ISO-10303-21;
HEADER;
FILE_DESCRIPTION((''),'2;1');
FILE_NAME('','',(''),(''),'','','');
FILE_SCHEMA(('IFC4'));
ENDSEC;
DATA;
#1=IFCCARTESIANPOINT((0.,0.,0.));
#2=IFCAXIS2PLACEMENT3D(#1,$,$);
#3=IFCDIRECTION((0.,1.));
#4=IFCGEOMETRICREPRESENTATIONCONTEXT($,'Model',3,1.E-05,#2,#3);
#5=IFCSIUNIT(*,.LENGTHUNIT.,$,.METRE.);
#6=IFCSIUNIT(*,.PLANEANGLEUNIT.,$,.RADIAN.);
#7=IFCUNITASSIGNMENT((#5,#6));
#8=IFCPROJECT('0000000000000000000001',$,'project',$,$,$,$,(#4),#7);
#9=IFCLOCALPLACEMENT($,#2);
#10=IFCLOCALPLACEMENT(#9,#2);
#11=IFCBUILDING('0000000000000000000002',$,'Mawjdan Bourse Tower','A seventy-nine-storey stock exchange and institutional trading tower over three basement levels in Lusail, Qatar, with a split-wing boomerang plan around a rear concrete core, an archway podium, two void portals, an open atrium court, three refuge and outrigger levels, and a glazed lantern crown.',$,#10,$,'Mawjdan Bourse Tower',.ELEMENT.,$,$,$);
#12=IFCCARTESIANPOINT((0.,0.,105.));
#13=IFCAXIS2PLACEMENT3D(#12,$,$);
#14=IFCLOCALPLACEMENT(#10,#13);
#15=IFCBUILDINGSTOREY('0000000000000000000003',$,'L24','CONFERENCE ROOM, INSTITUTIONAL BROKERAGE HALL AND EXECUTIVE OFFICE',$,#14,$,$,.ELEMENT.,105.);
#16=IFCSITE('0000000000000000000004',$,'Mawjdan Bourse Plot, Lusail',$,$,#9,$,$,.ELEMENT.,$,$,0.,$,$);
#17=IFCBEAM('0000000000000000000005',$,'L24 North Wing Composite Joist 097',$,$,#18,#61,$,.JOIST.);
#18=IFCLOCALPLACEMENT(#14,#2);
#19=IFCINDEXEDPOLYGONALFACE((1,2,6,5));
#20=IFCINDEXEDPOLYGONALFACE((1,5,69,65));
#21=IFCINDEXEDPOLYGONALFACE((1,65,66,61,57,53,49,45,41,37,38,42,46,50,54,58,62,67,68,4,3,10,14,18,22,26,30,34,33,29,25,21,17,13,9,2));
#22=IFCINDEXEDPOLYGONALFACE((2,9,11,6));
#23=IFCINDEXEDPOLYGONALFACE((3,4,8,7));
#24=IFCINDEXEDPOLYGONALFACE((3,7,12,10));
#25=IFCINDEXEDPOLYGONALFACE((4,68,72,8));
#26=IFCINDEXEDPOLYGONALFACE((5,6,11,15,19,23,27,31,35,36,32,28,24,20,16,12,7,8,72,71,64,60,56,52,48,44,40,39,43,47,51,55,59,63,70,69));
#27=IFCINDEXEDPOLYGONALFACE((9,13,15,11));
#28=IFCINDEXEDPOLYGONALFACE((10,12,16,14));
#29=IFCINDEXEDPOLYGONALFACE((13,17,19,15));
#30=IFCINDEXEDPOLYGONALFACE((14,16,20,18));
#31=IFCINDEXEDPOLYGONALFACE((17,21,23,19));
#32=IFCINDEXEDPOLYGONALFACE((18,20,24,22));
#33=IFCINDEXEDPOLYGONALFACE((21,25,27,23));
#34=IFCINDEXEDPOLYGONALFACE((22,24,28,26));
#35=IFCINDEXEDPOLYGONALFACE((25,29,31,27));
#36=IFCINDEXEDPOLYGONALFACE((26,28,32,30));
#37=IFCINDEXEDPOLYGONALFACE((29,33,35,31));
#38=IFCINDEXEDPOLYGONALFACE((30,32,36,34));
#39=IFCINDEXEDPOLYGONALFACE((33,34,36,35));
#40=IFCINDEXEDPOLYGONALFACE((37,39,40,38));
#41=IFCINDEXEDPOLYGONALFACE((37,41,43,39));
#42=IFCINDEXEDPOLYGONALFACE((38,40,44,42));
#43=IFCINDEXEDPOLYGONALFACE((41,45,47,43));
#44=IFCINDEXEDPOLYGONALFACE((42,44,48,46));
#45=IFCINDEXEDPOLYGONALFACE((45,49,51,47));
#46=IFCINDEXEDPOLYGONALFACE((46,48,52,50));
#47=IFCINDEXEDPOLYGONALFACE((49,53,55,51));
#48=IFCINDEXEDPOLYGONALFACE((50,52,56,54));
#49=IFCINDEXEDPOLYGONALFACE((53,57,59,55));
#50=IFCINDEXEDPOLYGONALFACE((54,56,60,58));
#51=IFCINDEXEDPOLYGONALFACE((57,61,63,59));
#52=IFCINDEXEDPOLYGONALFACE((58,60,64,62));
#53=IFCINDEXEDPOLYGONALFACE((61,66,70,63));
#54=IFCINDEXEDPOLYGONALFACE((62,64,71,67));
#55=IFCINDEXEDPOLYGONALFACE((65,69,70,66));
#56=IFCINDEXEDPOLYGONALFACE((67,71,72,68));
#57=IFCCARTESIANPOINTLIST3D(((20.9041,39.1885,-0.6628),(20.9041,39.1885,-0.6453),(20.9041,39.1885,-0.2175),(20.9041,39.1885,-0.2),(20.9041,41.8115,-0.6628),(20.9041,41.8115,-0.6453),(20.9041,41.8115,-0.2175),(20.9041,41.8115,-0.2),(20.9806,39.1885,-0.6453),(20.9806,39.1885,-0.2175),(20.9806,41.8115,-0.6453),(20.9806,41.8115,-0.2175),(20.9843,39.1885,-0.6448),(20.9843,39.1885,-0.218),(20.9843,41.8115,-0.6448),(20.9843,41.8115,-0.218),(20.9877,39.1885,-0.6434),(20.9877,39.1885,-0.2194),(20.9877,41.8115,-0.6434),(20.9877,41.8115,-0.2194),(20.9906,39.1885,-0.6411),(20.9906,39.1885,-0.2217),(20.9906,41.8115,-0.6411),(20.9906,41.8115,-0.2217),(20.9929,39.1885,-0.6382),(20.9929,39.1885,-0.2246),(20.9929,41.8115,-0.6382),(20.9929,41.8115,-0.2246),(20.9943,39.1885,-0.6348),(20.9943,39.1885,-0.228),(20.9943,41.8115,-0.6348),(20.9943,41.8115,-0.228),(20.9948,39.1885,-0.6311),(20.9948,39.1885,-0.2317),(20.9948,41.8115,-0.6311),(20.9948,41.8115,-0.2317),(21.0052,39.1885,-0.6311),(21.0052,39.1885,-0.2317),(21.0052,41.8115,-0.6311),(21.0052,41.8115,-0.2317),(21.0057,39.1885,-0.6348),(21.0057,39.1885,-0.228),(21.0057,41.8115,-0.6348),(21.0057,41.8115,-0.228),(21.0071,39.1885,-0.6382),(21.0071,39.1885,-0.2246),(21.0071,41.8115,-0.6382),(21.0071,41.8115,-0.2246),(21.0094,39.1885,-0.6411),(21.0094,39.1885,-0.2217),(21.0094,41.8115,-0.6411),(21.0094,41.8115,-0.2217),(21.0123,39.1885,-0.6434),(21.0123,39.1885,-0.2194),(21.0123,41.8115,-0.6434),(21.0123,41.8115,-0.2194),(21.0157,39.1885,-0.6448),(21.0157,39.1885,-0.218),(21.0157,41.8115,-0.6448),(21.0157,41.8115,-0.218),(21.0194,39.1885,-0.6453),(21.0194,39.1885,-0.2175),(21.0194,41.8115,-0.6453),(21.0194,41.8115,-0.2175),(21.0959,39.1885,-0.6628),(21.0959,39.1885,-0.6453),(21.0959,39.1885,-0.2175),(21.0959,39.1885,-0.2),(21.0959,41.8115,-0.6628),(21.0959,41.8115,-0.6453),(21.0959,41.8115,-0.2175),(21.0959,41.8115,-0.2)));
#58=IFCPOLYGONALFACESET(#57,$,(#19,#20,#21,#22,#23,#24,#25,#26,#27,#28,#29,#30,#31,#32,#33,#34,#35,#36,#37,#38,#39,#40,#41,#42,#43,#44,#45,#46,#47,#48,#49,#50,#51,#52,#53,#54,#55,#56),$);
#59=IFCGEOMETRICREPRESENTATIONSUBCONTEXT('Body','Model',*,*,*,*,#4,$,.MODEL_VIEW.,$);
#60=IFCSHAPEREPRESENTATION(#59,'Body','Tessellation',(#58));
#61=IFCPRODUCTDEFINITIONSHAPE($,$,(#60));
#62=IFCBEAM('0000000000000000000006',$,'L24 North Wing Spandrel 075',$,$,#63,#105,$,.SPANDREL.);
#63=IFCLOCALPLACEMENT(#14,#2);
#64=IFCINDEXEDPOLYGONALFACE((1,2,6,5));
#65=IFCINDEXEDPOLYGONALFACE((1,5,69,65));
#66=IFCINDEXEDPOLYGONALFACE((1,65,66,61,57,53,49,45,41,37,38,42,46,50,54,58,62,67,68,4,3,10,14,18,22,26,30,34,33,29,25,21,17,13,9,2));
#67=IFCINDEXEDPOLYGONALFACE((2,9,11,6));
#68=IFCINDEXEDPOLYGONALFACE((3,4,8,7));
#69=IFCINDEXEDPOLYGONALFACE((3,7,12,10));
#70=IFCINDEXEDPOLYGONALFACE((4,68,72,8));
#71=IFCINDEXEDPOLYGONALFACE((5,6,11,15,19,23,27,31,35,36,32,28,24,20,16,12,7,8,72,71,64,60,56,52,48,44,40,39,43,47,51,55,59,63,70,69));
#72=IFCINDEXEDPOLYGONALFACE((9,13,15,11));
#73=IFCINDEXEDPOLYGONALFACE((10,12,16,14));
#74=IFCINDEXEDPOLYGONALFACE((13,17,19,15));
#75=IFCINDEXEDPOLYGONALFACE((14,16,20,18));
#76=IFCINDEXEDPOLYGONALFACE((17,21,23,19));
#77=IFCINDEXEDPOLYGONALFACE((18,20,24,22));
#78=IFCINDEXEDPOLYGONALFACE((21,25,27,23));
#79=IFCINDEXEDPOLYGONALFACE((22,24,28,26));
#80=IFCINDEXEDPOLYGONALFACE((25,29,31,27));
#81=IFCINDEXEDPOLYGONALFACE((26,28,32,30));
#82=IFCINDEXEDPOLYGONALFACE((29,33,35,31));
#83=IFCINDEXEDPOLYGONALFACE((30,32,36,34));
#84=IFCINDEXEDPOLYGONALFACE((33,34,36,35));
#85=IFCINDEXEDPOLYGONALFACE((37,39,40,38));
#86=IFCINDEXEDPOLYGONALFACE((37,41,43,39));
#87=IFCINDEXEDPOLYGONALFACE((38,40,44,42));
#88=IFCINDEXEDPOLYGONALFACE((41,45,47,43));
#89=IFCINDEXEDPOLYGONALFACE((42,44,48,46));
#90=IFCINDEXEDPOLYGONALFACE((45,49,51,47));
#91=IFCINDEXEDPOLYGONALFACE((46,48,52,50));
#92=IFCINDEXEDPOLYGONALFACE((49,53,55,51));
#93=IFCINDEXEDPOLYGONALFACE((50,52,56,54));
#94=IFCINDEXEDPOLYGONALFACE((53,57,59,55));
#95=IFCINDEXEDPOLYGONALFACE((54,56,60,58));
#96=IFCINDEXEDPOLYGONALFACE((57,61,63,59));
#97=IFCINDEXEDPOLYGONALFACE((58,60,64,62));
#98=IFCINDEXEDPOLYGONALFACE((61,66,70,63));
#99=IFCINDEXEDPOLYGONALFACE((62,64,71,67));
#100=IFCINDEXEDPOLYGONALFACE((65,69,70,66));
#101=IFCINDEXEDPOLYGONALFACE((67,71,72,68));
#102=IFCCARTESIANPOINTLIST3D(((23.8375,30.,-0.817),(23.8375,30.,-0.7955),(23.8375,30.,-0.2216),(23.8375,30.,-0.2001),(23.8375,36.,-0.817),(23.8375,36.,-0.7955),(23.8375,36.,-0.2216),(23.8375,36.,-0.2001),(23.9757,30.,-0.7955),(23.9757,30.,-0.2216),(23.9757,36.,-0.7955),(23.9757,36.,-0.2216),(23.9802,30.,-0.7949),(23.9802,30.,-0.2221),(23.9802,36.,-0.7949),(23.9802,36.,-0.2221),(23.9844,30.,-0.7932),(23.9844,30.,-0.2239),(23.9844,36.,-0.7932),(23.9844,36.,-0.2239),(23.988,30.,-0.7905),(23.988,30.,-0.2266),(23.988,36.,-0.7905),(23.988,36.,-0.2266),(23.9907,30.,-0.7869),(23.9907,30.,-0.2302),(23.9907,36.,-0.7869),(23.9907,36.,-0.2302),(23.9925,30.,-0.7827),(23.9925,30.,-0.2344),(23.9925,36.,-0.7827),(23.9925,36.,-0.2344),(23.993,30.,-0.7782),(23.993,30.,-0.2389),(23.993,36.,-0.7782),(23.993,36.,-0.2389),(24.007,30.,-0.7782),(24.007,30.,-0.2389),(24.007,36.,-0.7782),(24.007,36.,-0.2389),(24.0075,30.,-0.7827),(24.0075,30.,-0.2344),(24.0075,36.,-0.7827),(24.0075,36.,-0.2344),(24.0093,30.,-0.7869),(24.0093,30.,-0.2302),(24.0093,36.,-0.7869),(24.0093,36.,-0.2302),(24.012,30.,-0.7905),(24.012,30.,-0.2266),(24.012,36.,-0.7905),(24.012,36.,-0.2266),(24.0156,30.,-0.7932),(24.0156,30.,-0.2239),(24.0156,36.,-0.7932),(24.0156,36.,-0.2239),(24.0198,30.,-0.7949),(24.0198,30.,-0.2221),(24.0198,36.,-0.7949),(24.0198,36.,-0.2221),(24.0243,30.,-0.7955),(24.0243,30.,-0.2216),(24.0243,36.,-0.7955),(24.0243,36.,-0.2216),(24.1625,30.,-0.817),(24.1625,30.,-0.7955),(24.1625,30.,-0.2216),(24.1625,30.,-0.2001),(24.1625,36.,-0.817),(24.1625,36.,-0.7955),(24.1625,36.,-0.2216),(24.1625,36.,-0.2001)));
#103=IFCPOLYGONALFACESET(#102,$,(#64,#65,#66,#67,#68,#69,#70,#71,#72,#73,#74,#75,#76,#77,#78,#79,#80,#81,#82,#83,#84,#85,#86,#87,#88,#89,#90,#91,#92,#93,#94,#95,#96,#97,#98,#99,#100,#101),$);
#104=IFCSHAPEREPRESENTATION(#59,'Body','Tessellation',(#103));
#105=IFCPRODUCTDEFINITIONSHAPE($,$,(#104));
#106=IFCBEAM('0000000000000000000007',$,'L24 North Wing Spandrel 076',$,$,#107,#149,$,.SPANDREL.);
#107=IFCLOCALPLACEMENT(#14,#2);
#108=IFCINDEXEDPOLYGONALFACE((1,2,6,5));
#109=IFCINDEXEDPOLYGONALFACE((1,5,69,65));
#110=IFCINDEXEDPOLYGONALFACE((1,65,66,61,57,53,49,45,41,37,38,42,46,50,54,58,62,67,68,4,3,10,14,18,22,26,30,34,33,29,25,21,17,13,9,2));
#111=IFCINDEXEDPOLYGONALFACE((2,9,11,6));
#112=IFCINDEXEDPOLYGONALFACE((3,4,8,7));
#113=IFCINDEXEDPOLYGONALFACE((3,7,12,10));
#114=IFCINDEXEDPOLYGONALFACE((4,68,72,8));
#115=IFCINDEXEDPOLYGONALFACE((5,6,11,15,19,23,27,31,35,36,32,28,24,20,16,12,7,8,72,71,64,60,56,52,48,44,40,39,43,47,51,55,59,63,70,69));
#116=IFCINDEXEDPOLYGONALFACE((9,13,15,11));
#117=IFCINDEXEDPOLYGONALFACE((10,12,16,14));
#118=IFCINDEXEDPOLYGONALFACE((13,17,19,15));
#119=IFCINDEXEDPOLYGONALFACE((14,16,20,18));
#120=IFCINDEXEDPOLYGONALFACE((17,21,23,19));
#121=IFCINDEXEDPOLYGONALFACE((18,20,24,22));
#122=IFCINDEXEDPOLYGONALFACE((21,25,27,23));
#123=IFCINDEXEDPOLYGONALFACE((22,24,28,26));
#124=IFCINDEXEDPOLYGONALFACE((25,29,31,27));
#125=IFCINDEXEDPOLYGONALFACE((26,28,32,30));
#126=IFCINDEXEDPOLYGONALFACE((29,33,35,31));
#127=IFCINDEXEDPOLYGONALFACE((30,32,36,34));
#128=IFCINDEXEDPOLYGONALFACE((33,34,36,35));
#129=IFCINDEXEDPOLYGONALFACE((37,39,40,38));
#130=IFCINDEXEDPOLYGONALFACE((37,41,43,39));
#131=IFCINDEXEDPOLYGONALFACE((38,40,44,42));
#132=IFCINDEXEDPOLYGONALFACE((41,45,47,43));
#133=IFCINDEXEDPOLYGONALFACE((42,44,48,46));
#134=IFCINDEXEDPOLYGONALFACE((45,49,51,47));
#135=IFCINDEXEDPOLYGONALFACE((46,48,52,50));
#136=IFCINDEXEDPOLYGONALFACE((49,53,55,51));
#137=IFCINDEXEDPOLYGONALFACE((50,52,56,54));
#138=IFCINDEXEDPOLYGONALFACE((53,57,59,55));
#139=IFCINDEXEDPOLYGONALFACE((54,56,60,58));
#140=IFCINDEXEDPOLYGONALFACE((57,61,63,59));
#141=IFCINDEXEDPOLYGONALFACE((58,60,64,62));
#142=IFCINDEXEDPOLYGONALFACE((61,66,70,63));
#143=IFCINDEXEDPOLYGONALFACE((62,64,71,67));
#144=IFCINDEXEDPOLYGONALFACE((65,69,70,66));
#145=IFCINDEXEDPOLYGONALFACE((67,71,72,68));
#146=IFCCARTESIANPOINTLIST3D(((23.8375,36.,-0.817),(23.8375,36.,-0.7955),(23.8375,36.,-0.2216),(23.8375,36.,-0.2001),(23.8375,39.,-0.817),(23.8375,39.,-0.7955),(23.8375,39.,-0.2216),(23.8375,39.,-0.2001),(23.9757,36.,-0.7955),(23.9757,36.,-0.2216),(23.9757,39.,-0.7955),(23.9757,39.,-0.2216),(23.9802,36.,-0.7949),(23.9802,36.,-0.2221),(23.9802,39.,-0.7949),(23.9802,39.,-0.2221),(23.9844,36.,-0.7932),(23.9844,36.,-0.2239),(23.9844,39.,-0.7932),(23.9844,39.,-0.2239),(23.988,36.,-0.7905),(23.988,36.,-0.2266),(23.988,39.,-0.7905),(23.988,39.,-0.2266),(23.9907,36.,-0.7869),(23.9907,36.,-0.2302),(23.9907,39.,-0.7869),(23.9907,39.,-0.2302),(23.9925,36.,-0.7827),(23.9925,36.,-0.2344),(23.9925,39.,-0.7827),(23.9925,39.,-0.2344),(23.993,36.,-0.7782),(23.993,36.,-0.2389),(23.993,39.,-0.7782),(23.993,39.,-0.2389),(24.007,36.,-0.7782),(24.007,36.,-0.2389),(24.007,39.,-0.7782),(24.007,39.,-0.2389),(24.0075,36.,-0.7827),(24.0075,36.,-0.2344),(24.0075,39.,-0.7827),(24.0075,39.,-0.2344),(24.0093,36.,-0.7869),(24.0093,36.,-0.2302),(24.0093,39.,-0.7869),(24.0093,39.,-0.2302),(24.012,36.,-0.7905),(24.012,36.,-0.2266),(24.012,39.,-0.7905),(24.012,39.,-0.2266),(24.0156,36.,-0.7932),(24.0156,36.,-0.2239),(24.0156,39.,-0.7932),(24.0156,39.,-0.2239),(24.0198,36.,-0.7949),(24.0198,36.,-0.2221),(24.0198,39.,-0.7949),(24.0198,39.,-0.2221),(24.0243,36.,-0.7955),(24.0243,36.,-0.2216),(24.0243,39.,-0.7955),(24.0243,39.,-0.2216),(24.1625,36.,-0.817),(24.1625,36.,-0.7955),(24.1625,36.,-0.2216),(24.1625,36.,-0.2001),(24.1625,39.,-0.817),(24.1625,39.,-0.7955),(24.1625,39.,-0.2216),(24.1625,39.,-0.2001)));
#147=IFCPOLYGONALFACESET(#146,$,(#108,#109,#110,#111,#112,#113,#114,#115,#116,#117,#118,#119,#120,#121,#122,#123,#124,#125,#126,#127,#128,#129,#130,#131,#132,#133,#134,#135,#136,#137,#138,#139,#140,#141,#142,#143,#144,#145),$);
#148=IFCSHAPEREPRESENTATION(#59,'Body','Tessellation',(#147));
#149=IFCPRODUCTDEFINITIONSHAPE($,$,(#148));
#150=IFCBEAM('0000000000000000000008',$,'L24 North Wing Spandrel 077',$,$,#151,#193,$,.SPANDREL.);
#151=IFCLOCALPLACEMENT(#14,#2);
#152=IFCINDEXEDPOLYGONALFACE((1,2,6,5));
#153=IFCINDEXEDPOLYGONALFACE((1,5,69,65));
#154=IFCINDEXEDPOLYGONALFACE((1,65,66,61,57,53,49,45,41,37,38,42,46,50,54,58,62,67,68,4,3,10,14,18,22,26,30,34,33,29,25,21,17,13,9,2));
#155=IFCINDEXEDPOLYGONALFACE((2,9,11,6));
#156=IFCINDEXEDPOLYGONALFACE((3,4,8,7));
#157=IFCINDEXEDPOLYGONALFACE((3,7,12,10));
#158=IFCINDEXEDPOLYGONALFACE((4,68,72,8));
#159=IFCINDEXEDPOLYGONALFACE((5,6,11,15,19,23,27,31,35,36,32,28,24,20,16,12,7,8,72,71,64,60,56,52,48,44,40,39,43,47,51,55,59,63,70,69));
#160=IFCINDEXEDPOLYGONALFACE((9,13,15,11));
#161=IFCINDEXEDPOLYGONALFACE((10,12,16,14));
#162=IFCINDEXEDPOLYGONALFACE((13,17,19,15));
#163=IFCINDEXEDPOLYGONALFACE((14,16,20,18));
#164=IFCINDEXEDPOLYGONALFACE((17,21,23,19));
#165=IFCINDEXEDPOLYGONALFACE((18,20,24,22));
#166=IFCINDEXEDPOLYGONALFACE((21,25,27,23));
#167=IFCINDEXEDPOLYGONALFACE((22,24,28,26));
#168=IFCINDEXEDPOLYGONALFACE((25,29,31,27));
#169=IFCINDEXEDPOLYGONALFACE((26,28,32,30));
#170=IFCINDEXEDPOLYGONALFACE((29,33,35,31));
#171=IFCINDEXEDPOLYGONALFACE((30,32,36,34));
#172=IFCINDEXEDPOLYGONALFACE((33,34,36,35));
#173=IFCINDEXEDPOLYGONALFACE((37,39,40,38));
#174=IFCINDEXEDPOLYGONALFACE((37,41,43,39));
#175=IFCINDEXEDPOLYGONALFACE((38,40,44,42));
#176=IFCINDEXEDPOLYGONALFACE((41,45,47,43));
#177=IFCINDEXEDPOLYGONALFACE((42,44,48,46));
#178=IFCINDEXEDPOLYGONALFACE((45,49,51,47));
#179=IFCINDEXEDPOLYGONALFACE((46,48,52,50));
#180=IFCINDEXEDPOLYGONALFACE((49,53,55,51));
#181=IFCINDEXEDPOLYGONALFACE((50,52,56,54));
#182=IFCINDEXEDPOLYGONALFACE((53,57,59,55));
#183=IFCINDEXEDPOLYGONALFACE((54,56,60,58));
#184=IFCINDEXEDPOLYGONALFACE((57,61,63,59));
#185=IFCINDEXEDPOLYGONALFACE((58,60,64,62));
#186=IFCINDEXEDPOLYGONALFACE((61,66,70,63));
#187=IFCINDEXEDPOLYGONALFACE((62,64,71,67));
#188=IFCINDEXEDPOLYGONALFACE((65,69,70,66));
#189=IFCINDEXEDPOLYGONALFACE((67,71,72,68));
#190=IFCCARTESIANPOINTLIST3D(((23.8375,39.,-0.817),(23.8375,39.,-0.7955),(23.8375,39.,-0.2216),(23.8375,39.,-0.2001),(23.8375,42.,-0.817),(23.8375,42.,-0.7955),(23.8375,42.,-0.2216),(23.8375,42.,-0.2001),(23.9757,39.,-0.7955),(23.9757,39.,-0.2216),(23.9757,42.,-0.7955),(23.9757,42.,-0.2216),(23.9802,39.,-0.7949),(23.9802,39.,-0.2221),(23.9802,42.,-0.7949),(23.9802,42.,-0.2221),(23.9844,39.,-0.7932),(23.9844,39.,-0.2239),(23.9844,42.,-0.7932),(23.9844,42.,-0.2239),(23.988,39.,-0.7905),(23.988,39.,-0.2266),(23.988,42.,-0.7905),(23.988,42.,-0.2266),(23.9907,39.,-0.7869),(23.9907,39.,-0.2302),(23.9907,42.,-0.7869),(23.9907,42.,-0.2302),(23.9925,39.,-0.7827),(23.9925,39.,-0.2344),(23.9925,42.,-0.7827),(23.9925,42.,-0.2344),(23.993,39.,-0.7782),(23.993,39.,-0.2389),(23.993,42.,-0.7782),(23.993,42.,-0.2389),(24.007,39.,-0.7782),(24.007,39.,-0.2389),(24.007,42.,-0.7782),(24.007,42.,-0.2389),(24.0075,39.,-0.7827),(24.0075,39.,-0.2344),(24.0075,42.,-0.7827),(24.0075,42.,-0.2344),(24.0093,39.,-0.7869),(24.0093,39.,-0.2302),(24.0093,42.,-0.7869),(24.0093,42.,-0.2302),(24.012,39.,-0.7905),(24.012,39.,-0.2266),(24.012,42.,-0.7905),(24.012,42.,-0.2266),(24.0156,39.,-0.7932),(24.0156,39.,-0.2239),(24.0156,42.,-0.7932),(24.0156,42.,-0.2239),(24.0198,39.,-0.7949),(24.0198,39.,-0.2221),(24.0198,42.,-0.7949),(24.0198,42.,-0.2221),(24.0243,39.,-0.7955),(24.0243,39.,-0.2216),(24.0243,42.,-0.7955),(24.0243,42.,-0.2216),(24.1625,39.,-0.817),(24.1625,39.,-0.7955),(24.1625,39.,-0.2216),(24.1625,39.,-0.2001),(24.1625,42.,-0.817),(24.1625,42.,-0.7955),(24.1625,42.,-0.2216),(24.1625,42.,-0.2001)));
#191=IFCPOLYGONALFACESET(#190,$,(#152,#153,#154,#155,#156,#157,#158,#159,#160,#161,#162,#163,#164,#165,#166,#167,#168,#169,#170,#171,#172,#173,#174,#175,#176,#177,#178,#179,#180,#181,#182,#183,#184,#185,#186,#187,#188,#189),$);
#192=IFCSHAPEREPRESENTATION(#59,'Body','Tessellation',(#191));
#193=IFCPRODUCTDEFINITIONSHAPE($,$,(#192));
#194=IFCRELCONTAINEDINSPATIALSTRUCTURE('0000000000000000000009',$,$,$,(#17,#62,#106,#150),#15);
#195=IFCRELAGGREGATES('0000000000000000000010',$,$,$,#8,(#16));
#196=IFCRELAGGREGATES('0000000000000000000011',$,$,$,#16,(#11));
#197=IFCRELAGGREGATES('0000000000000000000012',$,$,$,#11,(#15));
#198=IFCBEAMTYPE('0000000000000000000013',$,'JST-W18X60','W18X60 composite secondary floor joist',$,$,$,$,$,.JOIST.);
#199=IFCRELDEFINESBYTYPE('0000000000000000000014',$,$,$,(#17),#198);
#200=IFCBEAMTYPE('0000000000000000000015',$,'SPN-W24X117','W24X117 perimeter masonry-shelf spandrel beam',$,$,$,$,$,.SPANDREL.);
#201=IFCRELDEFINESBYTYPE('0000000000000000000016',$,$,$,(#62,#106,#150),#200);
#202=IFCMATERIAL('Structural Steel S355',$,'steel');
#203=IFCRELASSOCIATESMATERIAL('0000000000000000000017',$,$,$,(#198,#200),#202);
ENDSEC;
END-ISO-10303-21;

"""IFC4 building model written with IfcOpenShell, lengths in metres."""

from ifc_helpers import new_model, si_unit, direction, frame, origin, origin_2d, place, context, subcontext, project, spatial, i_section, extrude, material, material_profile, profile_set, type_object, element, save


model = new_model("IFC4")

# Units and contexts
model_context = context("Model", 3, precision=1e-05, world=origin(), true_north=direction((0.0, 1.0)))
body_context = subcontext(model_context, "Body", "Model", "MODEL_VIEW")
ifc_project = project(units=[si_unit("LENGTHUNIT", "METRE"), si_unit("PLANEANGLEUNIT", "RADIAN")], contexts=[model_context])

# Site, building, storey
site_placement = place(None, origin())
site = spatial("IfcSite", under=ifc_project, at=site_placement, Name="Mawjdan Bourse Plot, Lusail", CompositionType="ELEMENT", RefElevation=0.0)
building_placement = place(site_placement, origin())
building = spatial("IfcBuilding", under=site, at=building_placement, Name="Mawjdan Bourse Tower", Description="A seventy-nine-storey stock exchange and institutional trading tower over three basement levels in Lusail, Qatar, with a split-wing boomerang plan around a rear concrete core, an archway podium, two void portals, an open atrium court, three refuge and outrigger levels, and a glazed lantern crown.", LongName="Mawjdan Bourse Tower", CompositionType="ELEMENT")
storey_placement = place(building_placement, frame((0.0, 0.0, 105.0)))
storey = spatial("IfcBuildingStorey", under=building, at=storey_placement, Name="L24", Description="CONFERENCE ROOM, INSTITUTIONAL BROKERAGE HALL AND EXECUTIVE OFFICE", CompositionType="ELEMENT", Elevation=105.0)

# Beams
ifc_material_1 = material(Name="Structural Steel S355", Category="steel")
ifc_material_profile_1 = material_profile(ifc_material_1, i_section(OverallWidth=0.1919, OverallDepth=0.4629, WebThickness=0.0105, FlangeThickness=0.0176, FilletRadius=0.0142, at=origin_2d()), Name="W18X60")
ifc_profile_set_1 = profile_set([ifc_material_profile_1], Name="Structural Steel S355")
beam_type_1 = type_object("IfcBeamType", Name="JST-W18X60", Description="W18X60 composite secondary floor joist", PredefinedType="JOIST", material=ifc_profile_set_1)
for number, where, z_axis, x_axis, name in (
    (1, (21.0, 39.1885, -0.4314), (0.0, 1.0, 0.0), (-1.0, 0.0, 0.0), "L24 North Wing Composite Joist 097"),
):
    element("IfcBeam", number, at=place(storey_placement, frame(where, z_axis=z_axis, x_axis=x_axis)), inside=storey, type_object=beam_type_1, Name=name, PredefinedType="JOIST", context=body_context, shape_type="SweptSolid", body=[
        extrude(i_section(OverallWidth=0.1919, OverallDepth=0.4629, WebThickness=0.0105, FlangeThickness=0.0176, FilletRadius=0.0142, at=origin_2d()), origin(), (0.0, 0.0, 1.0), 2.623),
    ])
ifc_material_profile_2 = material_profile(ifc_material_1, i_section(OverallWidth=0.325, OverallDepth=0.6169, WebThickness=0.0139, FlangeThickness=0.0215, FilletRadius=0.0173, at=origin_2d()), Name="W24X117")
ifc_profile_set_2 = profile_set([ifc_material_profile_2], Name="Structural Steel S355")
beam_type_2 = type_object("IfcBeamType", Name="SPN-W24X117", Description="W24X117 perimeter masonry-shelf spandrel beam", PredefinedType="SPANDREL", material=ifc_profile_set_2)
beam_placement = place(storey_placement, frame((24.0, 30.0, -0.5085), z_axis=(0.0, 1.0, 0.0), x_axis=(-1.0, 0.0, 0.0)))
element("IfcBeam", 2, at=beam_placement, inside=storey, type_object=beam_type_2, Name="L24 North Wing Spandrel 075", PredefinedType="SPANDREL", context=body_context, shape_type="SweptSolid", body=[
    extrude(i_section(OverallWidth=0.325, OverallDepth=0.6169, WebThickness=0.0139, FlangeThickness=0.0215, FilletRadius=0.0173, at=origin_2d()), origin(), (0.0, 0.0, 1.0), 6.0),
])
for number, where, z_axis, x_axis, name in (
    (3, (24.0, 36.0, -0.5085), (0.0, 1.0, 0.0), (-1.0, 0.0, 0.0), "L24 North Wing Spandrel 076"),
    (4, (24.0, 39.0, -0.5085), (0.0, 1.0, 0.0), (-1.0, 0.0, 0.0), "L24 North Wing Spandrel 077"),
):
    element("IfcBeam", number, at=place(storey_placement, frame(where, z_axis=z_axis, x_axis=x_axis)), inside=storey, type_object=beam_type_2, Name=name, PredefinedType="SPANDREL", context=body_context, shape_type="SweptSolid", body=[
        extrude(i_section(OverallWidth=0.325, OverallDepth=0.6169, WebThickness=0.0139, FlangeThickness=0.0215, FilletRadius=0.0173, at=origin_2d()), origin(), (0.0, 0.0, 1.0), 3.0),
    ])

save(model, "model.ifc")
